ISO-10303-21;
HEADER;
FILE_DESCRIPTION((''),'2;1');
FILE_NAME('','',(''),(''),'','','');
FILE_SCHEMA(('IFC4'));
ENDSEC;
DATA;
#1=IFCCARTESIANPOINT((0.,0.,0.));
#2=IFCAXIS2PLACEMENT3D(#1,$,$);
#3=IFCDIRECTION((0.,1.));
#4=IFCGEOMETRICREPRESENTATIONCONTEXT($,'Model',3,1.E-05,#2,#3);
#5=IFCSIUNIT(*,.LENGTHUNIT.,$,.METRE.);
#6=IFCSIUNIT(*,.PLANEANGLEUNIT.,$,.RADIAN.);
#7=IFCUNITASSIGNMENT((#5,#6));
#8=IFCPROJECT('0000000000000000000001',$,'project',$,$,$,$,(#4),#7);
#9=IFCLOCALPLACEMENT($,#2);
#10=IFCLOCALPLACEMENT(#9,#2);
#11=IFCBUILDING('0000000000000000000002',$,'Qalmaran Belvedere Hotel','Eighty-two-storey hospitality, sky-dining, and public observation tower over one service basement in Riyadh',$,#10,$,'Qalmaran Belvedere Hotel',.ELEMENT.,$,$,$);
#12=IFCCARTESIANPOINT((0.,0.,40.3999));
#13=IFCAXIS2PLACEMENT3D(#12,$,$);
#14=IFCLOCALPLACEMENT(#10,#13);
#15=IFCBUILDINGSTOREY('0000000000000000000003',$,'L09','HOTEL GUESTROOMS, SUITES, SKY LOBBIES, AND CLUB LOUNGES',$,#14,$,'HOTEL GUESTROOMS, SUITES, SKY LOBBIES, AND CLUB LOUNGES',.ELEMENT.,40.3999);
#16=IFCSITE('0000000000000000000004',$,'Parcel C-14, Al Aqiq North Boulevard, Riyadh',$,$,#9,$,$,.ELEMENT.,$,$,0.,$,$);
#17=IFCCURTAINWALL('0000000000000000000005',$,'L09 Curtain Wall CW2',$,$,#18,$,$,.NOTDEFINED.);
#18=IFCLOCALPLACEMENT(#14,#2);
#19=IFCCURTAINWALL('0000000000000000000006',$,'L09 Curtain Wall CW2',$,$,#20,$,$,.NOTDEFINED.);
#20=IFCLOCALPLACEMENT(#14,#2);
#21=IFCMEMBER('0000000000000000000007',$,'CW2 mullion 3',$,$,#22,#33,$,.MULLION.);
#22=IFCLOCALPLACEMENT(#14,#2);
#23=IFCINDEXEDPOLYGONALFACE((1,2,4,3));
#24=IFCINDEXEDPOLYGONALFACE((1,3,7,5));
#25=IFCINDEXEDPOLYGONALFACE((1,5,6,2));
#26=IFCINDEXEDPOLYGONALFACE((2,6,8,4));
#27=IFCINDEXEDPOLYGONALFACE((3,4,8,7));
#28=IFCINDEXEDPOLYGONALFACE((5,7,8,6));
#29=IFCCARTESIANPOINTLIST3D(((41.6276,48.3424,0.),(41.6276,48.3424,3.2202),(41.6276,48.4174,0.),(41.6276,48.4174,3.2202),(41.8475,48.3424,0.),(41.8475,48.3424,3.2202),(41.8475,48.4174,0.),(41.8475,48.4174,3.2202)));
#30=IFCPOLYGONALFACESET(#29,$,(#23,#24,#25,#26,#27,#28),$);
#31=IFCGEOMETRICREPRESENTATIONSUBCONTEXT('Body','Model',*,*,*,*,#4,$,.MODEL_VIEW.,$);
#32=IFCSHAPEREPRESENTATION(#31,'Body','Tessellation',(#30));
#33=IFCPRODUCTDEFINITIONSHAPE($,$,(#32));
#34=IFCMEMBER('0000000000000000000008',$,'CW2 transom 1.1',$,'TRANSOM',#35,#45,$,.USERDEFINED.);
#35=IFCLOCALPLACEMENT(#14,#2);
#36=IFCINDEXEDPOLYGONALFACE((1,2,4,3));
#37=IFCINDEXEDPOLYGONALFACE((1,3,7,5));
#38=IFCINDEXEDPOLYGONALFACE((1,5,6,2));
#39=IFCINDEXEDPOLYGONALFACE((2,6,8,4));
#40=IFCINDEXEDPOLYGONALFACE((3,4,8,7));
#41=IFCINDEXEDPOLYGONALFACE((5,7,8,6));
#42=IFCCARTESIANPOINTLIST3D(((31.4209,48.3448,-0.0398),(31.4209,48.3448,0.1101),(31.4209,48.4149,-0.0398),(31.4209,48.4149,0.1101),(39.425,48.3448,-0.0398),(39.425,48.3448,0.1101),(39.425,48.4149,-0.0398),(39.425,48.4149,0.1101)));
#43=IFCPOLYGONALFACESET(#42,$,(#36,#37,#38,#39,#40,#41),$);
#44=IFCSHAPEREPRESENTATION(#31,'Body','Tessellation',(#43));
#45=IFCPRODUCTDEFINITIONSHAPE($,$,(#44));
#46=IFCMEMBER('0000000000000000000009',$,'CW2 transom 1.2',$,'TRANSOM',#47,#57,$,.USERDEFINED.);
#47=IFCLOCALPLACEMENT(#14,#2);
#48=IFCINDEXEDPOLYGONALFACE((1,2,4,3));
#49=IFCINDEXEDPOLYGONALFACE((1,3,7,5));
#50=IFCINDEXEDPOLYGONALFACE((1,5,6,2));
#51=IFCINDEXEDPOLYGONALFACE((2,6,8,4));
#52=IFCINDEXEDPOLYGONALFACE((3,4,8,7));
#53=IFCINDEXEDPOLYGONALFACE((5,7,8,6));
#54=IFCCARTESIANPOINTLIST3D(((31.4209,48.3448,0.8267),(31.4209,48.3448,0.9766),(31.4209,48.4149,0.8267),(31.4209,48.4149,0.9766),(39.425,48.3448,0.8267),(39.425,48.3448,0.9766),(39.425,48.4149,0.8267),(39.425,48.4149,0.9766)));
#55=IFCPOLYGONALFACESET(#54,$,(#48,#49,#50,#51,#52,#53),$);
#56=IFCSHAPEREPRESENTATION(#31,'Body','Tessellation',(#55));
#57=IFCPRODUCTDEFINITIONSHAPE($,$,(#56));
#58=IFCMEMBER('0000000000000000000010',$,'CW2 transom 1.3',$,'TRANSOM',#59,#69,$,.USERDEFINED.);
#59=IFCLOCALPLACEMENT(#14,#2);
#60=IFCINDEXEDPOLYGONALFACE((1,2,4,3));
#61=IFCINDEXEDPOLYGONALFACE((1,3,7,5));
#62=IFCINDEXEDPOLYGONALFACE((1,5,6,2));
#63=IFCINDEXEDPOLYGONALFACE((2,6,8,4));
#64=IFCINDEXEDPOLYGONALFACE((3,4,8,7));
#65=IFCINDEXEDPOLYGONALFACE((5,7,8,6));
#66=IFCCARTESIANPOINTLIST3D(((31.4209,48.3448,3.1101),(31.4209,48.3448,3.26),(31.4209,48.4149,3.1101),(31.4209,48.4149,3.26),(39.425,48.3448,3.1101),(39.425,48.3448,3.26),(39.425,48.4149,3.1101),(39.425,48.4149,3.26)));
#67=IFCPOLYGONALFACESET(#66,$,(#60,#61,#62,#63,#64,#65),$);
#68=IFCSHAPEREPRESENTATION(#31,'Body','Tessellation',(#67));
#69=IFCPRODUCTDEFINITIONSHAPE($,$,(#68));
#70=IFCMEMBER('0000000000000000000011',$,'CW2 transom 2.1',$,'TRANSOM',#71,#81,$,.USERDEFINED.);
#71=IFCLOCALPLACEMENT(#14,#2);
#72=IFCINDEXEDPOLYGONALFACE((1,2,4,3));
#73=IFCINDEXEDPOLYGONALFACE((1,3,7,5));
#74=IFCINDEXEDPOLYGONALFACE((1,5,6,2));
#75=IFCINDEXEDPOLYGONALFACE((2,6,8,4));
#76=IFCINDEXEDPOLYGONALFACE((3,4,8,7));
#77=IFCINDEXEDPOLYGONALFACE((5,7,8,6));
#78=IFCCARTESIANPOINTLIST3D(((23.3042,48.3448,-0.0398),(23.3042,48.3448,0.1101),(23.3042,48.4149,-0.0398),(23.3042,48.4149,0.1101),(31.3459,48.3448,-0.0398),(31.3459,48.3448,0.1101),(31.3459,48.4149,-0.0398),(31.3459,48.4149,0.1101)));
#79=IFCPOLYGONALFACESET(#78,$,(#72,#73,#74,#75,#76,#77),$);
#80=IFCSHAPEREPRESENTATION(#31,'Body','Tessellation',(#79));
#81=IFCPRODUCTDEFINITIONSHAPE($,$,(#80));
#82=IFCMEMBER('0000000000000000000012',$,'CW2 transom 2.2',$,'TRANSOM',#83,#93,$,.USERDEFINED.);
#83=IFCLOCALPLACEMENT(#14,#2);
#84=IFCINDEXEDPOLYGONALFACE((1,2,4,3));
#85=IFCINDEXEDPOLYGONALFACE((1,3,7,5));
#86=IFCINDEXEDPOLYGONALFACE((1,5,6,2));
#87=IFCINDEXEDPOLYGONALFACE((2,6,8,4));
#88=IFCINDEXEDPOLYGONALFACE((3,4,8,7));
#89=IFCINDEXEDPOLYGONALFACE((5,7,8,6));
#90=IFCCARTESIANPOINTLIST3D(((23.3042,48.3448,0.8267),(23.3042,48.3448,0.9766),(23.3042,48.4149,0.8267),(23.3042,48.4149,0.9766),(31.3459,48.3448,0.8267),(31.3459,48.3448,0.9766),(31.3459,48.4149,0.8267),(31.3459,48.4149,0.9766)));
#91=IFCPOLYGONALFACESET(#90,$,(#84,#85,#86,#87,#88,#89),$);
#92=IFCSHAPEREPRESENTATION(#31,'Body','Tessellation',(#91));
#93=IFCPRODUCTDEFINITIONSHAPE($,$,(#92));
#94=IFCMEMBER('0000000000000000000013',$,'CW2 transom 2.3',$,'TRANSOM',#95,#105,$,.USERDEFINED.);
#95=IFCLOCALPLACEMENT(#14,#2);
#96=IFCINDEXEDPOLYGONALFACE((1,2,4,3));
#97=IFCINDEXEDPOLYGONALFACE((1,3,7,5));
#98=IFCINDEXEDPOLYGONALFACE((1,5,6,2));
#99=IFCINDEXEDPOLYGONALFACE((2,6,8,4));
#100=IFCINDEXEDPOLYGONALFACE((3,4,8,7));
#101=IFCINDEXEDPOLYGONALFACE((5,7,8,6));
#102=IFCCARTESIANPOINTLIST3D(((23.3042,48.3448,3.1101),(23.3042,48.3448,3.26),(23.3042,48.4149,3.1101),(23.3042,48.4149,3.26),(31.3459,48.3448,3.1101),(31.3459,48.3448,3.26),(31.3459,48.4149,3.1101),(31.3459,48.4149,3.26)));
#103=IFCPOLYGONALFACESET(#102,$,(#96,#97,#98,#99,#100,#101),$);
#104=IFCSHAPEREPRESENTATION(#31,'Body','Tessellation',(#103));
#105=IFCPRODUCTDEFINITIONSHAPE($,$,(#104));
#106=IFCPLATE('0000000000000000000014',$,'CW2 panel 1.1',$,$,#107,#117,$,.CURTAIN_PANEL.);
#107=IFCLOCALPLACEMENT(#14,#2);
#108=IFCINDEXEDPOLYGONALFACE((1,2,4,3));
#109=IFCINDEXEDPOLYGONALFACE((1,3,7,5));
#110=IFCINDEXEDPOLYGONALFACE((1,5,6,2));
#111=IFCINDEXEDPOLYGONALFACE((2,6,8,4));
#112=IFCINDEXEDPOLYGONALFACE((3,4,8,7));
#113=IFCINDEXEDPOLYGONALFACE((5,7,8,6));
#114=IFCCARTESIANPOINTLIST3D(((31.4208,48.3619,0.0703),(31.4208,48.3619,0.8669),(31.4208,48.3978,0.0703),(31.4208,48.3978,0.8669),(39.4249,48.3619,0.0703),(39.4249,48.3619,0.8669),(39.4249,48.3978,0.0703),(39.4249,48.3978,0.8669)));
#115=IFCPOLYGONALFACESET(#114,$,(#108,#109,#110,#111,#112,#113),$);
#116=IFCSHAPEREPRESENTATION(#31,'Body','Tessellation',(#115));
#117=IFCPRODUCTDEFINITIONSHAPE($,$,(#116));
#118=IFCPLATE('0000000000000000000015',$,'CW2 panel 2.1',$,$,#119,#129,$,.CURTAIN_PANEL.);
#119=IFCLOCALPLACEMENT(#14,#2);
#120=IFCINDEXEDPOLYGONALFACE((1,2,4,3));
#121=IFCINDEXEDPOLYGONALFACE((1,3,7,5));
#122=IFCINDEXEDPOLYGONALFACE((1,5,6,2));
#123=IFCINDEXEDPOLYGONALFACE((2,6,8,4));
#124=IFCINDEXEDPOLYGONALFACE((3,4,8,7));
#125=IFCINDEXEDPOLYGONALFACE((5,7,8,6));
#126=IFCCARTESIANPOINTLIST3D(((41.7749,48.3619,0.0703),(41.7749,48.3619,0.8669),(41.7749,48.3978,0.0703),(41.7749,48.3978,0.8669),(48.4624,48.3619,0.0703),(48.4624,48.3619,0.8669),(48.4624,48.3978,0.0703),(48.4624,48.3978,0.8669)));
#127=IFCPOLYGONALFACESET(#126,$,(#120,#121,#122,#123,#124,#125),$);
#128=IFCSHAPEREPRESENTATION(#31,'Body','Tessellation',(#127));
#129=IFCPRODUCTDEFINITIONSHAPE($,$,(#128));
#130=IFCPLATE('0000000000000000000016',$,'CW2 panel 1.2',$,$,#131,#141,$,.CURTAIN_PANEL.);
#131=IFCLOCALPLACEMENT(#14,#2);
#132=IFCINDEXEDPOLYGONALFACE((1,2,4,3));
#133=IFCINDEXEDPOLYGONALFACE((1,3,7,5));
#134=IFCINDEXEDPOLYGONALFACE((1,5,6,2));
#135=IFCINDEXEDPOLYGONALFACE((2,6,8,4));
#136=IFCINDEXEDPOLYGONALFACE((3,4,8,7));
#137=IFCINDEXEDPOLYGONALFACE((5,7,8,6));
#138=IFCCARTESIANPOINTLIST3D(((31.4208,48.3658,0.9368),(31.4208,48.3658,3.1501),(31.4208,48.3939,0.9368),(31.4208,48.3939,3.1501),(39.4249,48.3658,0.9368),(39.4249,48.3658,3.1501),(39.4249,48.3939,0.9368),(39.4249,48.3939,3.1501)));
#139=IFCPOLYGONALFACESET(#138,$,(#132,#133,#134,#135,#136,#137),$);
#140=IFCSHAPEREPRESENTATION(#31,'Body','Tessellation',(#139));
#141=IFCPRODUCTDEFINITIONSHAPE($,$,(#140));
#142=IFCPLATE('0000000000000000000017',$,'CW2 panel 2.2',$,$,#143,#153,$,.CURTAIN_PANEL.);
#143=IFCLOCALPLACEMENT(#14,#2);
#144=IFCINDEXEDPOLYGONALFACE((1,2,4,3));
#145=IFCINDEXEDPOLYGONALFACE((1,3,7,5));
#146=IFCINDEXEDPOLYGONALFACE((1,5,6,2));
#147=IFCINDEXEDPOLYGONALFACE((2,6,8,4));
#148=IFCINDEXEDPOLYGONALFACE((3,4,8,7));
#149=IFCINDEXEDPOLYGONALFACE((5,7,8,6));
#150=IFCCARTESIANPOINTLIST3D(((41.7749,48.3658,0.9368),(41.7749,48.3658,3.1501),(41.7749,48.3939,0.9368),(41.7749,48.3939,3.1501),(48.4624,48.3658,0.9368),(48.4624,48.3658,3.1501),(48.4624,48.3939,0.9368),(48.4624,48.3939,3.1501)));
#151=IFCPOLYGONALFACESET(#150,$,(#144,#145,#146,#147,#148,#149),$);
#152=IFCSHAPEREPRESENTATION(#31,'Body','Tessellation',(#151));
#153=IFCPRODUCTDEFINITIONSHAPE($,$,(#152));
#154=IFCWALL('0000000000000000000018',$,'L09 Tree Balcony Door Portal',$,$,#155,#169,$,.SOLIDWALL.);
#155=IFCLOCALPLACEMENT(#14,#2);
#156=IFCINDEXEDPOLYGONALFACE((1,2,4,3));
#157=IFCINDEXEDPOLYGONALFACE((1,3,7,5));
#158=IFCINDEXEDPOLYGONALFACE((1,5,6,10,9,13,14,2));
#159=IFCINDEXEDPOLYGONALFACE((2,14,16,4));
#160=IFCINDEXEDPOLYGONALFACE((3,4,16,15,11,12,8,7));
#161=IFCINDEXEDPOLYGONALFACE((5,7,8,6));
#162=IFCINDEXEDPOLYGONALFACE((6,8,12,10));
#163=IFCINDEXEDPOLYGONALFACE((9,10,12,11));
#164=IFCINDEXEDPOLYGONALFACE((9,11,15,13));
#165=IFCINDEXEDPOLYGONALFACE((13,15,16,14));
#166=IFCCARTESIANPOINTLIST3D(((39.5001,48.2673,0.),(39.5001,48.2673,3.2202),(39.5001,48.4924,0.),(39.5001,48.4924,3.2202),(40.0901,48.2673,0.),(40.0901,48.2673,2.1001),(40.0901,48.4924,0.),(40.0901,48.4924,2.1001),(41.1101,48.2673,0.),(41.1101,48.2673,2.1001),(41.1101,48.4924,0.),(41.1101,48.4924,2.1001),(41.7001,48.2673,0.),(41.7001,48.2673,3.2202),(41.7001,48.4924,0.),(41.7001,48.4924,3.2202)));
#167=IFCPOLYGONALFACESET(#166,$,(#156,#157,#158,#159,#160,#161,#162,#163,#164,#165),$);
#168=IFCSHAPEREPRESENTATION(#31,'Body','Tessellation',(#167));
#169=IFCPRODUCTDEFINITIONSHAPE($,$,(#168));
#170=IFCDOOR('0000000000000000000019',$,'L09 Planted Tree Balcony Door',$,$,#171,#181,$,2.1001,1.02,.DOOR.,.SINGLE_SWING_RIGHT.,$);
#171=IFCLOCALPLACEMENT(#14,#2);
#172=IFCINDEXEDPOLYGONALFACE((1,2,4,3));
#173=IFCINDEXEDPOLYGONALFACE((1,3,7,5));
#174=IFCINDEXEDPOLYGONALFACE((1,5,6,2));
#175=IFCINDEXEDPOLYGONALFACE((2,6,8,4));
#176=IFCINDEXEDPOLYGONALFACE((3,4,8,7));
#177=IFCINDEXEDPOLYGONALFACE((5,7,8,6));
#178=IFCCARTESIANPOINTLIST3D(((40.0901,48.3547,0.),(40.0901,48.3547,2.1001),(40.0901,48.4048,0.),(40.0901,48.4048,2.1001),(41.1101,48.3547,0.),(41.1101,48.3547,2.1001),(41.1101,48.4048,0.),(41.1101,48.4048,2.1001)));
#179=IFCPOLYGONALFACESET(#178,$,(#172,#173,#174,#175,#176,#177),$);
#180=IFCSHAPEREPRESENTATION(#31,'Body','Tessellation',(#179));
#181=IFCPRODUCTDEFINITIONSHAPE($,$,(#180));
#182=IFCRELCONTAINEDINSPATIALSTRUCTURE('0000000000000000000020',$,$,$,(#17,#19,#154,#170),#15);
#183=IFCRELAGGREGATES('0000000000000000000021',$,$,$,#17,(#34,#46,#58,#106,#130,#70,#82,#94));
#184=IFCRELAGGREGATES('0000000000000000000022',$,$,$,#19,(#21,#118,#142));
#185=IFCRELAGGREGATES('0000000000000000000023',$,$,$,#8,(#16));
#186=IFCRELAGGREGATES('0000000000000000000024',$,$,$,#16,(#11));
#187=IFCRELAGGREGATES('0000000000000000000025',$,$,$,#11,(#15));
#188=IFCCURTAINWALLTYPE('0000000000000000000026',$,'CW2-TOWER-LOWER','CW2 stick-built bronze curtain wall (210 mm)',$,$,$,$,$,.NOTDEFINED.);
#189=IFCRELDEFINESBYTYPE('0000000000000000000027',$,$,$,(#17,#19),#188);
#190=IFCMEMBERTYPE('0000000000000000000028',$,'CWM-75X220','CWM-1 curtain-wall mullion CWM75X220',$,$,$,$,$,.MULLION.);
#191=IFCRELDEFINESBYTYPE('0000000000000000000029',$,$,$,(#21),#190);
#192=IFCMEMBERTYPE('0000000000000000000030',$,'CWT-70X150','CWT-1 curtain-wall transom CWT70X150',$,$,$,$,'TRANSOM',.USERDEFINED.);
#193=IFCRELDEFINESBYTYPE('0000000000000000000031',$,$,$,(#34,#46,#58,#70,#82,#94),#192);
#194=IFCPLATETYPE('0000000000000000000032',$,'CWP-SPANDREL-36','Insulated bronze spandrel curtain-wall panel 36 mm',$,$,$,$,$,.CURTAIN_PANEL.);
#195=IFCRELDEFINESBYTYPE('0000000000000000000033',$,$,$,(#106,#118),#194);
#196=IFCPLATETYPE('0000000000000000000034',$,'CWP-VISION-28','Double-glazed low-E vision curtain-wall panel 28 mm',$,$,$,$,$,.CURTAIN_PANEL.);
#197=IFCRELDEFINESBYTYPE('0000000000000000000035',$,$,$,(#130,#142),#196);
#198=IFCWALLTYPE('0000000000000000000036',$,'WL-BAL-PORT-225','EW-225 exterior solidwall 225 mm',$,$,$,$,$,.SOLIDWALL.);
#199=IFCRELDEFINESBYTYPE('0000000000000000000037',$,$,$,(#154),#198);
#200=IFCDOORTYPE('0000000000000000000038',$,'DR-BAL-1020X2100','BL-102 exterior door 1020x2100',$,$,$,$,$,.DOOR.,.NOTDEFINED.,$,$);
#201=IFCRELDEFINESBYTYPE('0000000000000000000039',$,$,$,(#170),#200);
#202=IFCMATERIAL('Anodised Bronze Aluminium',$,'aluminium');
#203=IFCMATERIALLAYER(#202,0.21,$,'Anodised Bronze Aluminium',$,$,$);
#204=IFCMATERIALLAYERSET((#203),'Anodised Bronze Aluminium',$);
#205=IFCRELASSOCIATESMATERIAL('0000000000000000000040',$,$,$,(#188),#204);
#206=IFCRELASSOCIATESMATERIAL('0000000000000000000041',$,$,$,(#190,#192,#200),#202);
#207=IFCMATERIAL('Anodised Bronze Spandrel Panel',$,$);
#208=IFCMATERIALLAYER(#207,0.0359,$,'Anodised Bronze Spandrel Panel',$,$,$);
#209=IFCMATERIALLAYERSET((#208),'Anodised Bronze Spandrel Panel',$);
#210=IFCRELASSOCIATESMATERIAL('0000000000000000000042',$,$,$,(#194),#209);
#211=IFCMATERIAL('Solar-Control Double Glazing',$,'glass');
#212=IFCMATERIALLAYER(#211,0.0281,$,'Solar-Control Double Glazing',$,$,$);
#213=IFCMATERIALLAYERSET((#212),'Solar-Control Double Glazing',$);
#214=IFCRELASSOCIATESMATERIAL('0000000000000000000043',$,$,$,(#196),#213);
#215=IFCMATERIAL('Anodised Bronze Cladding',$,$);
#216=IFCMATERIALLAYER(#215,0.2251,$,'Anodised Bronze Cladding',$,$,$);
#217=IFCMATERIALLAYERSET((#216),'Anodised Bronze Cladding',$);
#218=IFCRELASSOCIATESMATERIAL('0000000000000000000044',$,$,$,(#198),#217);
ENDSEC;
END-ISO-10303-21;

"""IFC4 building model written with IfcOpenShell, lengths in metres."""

from ifc_helpers import new_model, si_unit, direction, frame, frame_2d, origin, origin_2d, place, context, subcontext, project, spatial, rectangle, extrude, material, layer, layer_set, material_profile, profile_set, type_object, element, fill, aggregate, save


model = new_model("IFC4")

# Units and contexts
model_context = context("Model", 3, precision=1e-05, world=origin(), true_north=direction((0.0, 1.0)))
body_context = subcontext(model_context, "Body", "Model", "MODEL_VIEW")
ifc_project = project(units=[si_unit("LENGTHUNIT", "METRE"), si_unit("PLANEANGLEUNIT", "RADIAN")], contexts=[model_context])

# Site, building, storey
site_placement = place(None, origin())
site = spatial("IfcSite", under=ifc_project, at=site_placement, Name="Parcel C-14, Al Aqiq North Boulevard, Riyadh", CompositionType="ELEMENT", RefElevation=0.0)
building_placement = place(site_placement, origin())
building = spatial("IfcBuilding", under=site, at=building_placement, Name="Qalmaran Belvedere Hotel", Description="Eighty-two-storey hospitality, sky-dining, and public observation tower over one service basement in Riyadh", LongName="Qalmaran Belvedere Hotel", CompositionType="ELEMENT")
storey_placement = place(building_placement, frame((0.0, 0.0, 40.3999)))
storey = spatial("IfcBuildingStorey", under=building, at=storey_placement, Name="L09", Description="HOTEL GUESTROOMS, SUITES, SKY LOBBIES, AND CLUB LOUNGES", LongName="HOTEL GUESTROOMS, SUITES, SKY LOBBIES, AND CLUB LOUNGES", CompositionType="ELEMENT", Elevation=40.3999)

# Curtain wall
ifc_material_1 = material(Name="Anodised Bronze Aluminium", Category="aluminium")
ifc_layer_1 = layer(ifc_material_1, 0.21, Name="Anodised Bronze Aluminium")
ifc_layer_set_1 = layer_set([ifc_layer_1], Name="Anodised Bronze Aluminium")
curtain_wall_type = type_object("IfcCurtainWallType", Name="CW2-TOWER-LOWER", Description="CW2 stick-built bronze curtain wall (210 mm)", PredefinedType="NOTDEFINED", material=ifc_layer_set_1)
curtain_wall_1_placement = place(storey_placement, origin())
curtain_wall_1 = element("IfcCurtainWall", 1, at=curtain_wall_1_placement, inside=storey, type_object=curtain_wall_type, Name="L09 Curtain Wall CW2", PredefinedType="NOTDEFINED")
ifc_material_profile_1 = material_profile(ifc_material_1, rectangle(XDim=0.075, YDim=0.22, at=origin_2d()), Name="CWM75X220")
ifc_profile_set_1 = profile_set([ifc_material_profile_1], Name="Anodised Bronze Aluminium")
member_type_1 = type_object("IfcMemberType", Name="CWM-75X220", Description="CWM-1 curtain-wall mullion CWM75X220", PredefinedType="MULLION", material=ifc_profile_set_1)

# Curtain wall, member
curtain_wall_2_placement = place(storey_placement, origin())
curtain_wall_2 = element("IfcCurtainWall", 2, at=curtain_wall_2_placement, inside=storey, type_object=curtain_wall_type, Name="L09 Curtain Wall CW2", PredefinedType="NOTDEFINED")
member_1_placement = place(storey_placement, frame((41.7375, 48.3799, 0.0), z_axis=(0.0, 0.0, 1.0), x_axis=(0.0, -1.0, 0.0)))
member_1 = element("IfcMember", 3, at=member_1_placement, type_object=member_type_1, Name="CW2 mullion 3", PredefinedType="MULLION", context=body_context, shape_type="SweptSolid", body=[
    extrude(rectangle(XDim=0.075, YDim=0.22, at=origin_2d()), origin(), (0.0, 0.0, 1.0), 3.2202),
])

# Members
ifc_material_profile_2 = material_profile(ifc_material_1, rectangle(XDim=0.0701, YDim=0.1499, at=origin_2d()), Name="CWT70X150")
ifc_profile_set_2 = profile_set([ifc_material_profile_2], Name="Anodised Bronze Aluminium")
member_type_2 = type_object("IfcMemberType", Name="CWT-70X150", Description="CWT-1 curtain-wall transom CWT70X150", ElementType="TRANSOM", PredefinedType="USERDEFINED", material=ifc_profile_set_2)
member_2_placement = place(storey_placement, frame((39.425, 48.3799, 0.0352), z_axis=(-1.0, 0.0, 0.0), x_axis=(0.0, -1.0, 0.0)))
member_2 = element("IfcMember", 4, at=member_2_placement, type_object=member_type_2, Name="CW2 transom 1.1", ObjectType="TRANSOM", PredefinedType="USERDEFINED", context=body_context, shape_type="SweptSolid", body=[
    extrude(rectangle(XDim=0.0701, YDim=0.1499, at=origin_2d()), origin(), (0.0, 0.0, 1.0), 8.0042),
])
member_3_placement = place(storey_placement, frame((39.425, 48.3799, 0.9016), z_axis=(-1.0, 0.0, 0.0), x_axis=(0.0, -1.0, 0.0)))
member_3 = element("IfcMember", 5, at=member_3_placement, type_object=member_type_2, Name="CW2 transom 1.2", ObjectType="TRANSOM", PredefinedType="USERDEFINED", context=body_context, shape_type="SweptSolid", body=[
    extrude(rectangle(XDim=0.0701, YDim=0.1499, at=origin_2d()), origin(), (0.0, 0.0, 1.0), 8.0042),
])
member_4_placement = place(storey_placement, frame((39.425, 48.3799, 3.1851), z_axis=(-1.0, 0.0, 0.0), x_axis=(0.0, -1.0, 0.0)))
member_4 = element("IfcMember", 6, at=member_4_placement, type_object=member_type_2, Name="CW2 transom 1.3", ObjectType="TRANSOM", PredefinedType="USERDEFINED", context=body_context, shape_type="SweptSolid", body=[
    extrude(rectangle(XDim=0.0701, YDim=0.1499, at=origin_2d()), origin(), (0.0, 0.0, 1.0), 8.0042),
])
member_5_placement = place(storey_placement, frame((31.3459, 48.3799, 0.0352), z_axis=(-1.0, 0.0, 0.0), x_axis=(0.0, -1.0, 0.0)))
member_5 = element("IfcMember", 7, at=member_5_placement, type_object=member_type_2, Name="CW2 transom 2.1", ObjectType="TRANSOM", PredefinedType="USERDEFINED", context=body_context, shape_type="SweptSolid", body=[
    extrude(rectangle(XDim=0.0701, YDim=0.1499, at=origin_2d()), origin(), (0.0, 0.0, 1.0), 8.0417),
])
member_6_placement = place(storey_placement, frame((31.3459, 48.3799, 0.9016), z_axis=(-1.0, 0.0, 0.0), x_axis=(0.0, -1.0, 0.0)))
member_6 = element("IfcMember", 8, at=member_6_placement, type_object=member_type_2, Name="CW2 transom 2.2", ObjectType="TRANSOM", PredefinedType="USERDEFINED", context=body_context, shape_type="SweptSolid", body=[
    extrude(rectangle(XDim=0.0701, YDim=0.1499, at=origin_2d()), origin(), (0.0, 0.0, 1.0), 8.0417),
])
member_7_placement = place(storey_placement, frame((31.3459, 48.3799, 3.1851), z_axis=(-1.0, 0.0, 0.0), x_axis=(0.0, -1.0, 0.0)))
member_7 = element("IfcMember", 9, at=member_7_placement, type_object=member_type_2, Name="CW2 transom 2.3", ObjectType="TRANSOM", PredefinedType="USERDEFINED", context=body_context, shape_type="SweptSolid", body=[
    extrude(rectangle(XDim=0.0701, YDim=0.1499, at=origin_2d()), origin(), (0.0, 0.0, 1.0), 8.0417),
])

# Plates
ifc_material_2 = material(Name="Anodised Bronze Spandrel Panel")
ifc_layer_2 = layer(ifc_material_2, 0.0359, Name="Anodised Bronze Spandrel Panel")
ifc_layer_set_2 = layer_set([ifc_layer_2], Name="Anodised Bronze Spandrel Panel")
plate_type_1 = type_object("IfcPlateType", Name="CWP-SPANDREL-36", Description="Insulated bronze spandrel curtain-wall panel 36 mm", PredefinedType="CURTAIN_PANEL", material=ifc_layer_set_2)
plate_1_placement = place(storey_placement, frame((35.4229, 48.3799, 0.0703), z_axis=(0.0, 0.0, 1.0), x_axis=(-1.0, 0.0, 0.0)))
plate_1 = element("IfcPlate", 10, at=plate_1_placement, type_object=plate_type_1, Name="CW2 panel 1.1", PredefinedType="CURTAIN_PANEL", context=body_context, shape_type="SweptSolid", body=[
    extrude(rectangle(XDim=8.0042, YDim=0.0359, at=origin_2d()), origin(), (0.0, 0.0, 1.0), 0.7966),
])
plate_2_placement = place(storey_placement, frame((45.1187, 48.3799, 0.0703), z_axis=(0.0, 0.0, 1.0), x_axis=(-1.0, 0.0, 0.0)))
plate_2 = element("IfcPlate", 11, at=plate_2_placement, type_object=plate_type_1, Name="CW2 panel 2.1", PredefinedType="CURTAIN_PANEL", context=body_context, shape_type="SweptSolid", body=[
    extrude(rectangle(XDim=6.6875, YDim=0.0359, at=origin_2d()), origin(), (0.0, 0.0, 1.0), 0.7966),
])
ifc_material_3 = material(Name="Solar-Control Double Glazing", Category="glass")
ifc_layer_3 = layer(ifc_material_3, 0.0281, Name="Solar-Control Double Glazing")
ifc_layer_set_3 = layer_set([ifc_layer_3], Name="Solar-Control Double Glazing")
plate_type_2 = type_object("IfcPlateType", Name="CWP-VISION-28", Description="Double-glazed low-E vision curtain-wall panel 28 mm", PredefinedType="CURTAIN_PANEL", material=ifc_layer_set_3)
plate_3_placement = place(storey_placement, frame((35.4229, 48.3799, 0.9368), z_axis=(0.0, 0.0, 1.0), x_axis=(-1.0, 0.0, 0.0)))
plate_3 = element("IfcPlate", 12, at=plate_3_placement, type_object=plate_type_2, Name="CW2 panel 1.2", PredefinedType="CURTAIN_PANEL", context=body_context, shape_type="SweptSolid", body=[
    extrude(rectangle(XDim=8.0042, YDim=0.0281, at=origin_2d()), origin(), (0.0, 0.0, 1.0), 2.2134),
])
aggregate(curtain_wall_1, [member_2, member_3, member_4, plate_1, plate_3, member_5, member_6, member_7])
plate_4_placement = place(storey_placement, frame((45.1187, 48.3799, 0.9368), z_axis=(0.0, 0.0, 1.0), x_axis=(-1.0, 0.0, 0.0)))
plate_4 = element("IfcPlate", 13, at=plate_4_placement, type_object=plate_type_2, Name="CW2 panel 2.2", PredefinedType="CURTAIN_PANEL", context=body_context, shape_type="SweptSolid", body=[
    extrude(rectangle(XDim=6.6875, YDim=0.0281, at=origin_2d()), origin(), (0.0, 0.0, 1.0), 2.2134),
])
aggregate(curtain_wall_2, [member_1, plate_2, plate_4])

# Wall, opening, door
ifc_material_4 = material(Name="Anodised Bronze Cladding")
ifc_layer_4 = layer(ifc_material_4, 0.2251, Name="Anodised Bronze Cladding")
ifc_layer_set_4 = layer_set([ifc_layer_4], Name="Anodised Bronze Cladding")
wall_type_1 = type_object("IfcWallType", Name="WL-BAL-PORT-225", Description="EW-225 exterior solidwall 225 mm", PredefinedType="SOLIDWALL", material=ifc_layer_set_4)
wall_1_placement = place(storey_placement, frame((39.5, 48.3799, 0.0), z_axis=(0.0, 0.0, 1.0), x_axis=(1.0, 0.0, 0.0)))
wall_1 = element("IfcWall", 14, at=wall_1_placement, inside=storey, type_object=wall_type_1, Name="L09 Tree Balcony Door Portal", PredefinedType="SOLIDWALL", context=body_context, shape_type="SweptSolid", body=[
    extrude(rectangle(XDim=2.2, YDim=0.2251, at=frame_2d((1.1001, 0.0))), origin(), (0.0, 0.0, 1.0), 3.2202),
])
opening_1_placement = place(wall_1_placement, frame((0.5901, 0.0, 0.0)))
opening_1 = element("IfcOpeningElement", 15, at=opening_1_placement, cuts=wall_1, PredefinedType="OPENING", context=body_context, shape_type="SweptSolid", body=[
    extrude(rectangle(XDim=1.02, YDim=2.1001, at=frame_2d((0.51, 1.05))), frame((0.0, 0.1226, 0.0), z_axis=(0.0, -1.0, 0.0), x_axis=(1.0, 0.0, 0.0)), (0.0, 0.0, 1.0), 0.2451),
])
door_type_1 = type_object("IfcDoorType", Name="DR-BAL-1020X2100", Description="BL-102 exterior door 1020x2100", OperationType="NOTDEFINED", PredefinedType="DOOR", material=ifc_material_1)
door_1_placement = place(opening_1_placement, origin())
door_1 = element("IfcDoor", 16, at=door_1_placement, inside=storey, type_object=door_type_1, Name="L09 Planted Tree Balcony Door", OperationType="SINGLE_SWING_RIGHT", OverallHeight=2.1001, OverallWidth=1.02, PredefinedType="DOOR", context=body_context, shape_type="SweptSolid", body=[
    extrude(rectangle(XDim=1.02, YDim=2.1001, at=frame_2d((0.51, 1.05))), frame((0.0, 0.0249, 0.0), z_axis=(0.0, -1.0, 0.0), x_axis=(1.0, 0.0, 0.0)), (0.0, 0.0, 1.0), 0.05),
])
fill(opening_1, door_1)

save(model, "model.ifc")
